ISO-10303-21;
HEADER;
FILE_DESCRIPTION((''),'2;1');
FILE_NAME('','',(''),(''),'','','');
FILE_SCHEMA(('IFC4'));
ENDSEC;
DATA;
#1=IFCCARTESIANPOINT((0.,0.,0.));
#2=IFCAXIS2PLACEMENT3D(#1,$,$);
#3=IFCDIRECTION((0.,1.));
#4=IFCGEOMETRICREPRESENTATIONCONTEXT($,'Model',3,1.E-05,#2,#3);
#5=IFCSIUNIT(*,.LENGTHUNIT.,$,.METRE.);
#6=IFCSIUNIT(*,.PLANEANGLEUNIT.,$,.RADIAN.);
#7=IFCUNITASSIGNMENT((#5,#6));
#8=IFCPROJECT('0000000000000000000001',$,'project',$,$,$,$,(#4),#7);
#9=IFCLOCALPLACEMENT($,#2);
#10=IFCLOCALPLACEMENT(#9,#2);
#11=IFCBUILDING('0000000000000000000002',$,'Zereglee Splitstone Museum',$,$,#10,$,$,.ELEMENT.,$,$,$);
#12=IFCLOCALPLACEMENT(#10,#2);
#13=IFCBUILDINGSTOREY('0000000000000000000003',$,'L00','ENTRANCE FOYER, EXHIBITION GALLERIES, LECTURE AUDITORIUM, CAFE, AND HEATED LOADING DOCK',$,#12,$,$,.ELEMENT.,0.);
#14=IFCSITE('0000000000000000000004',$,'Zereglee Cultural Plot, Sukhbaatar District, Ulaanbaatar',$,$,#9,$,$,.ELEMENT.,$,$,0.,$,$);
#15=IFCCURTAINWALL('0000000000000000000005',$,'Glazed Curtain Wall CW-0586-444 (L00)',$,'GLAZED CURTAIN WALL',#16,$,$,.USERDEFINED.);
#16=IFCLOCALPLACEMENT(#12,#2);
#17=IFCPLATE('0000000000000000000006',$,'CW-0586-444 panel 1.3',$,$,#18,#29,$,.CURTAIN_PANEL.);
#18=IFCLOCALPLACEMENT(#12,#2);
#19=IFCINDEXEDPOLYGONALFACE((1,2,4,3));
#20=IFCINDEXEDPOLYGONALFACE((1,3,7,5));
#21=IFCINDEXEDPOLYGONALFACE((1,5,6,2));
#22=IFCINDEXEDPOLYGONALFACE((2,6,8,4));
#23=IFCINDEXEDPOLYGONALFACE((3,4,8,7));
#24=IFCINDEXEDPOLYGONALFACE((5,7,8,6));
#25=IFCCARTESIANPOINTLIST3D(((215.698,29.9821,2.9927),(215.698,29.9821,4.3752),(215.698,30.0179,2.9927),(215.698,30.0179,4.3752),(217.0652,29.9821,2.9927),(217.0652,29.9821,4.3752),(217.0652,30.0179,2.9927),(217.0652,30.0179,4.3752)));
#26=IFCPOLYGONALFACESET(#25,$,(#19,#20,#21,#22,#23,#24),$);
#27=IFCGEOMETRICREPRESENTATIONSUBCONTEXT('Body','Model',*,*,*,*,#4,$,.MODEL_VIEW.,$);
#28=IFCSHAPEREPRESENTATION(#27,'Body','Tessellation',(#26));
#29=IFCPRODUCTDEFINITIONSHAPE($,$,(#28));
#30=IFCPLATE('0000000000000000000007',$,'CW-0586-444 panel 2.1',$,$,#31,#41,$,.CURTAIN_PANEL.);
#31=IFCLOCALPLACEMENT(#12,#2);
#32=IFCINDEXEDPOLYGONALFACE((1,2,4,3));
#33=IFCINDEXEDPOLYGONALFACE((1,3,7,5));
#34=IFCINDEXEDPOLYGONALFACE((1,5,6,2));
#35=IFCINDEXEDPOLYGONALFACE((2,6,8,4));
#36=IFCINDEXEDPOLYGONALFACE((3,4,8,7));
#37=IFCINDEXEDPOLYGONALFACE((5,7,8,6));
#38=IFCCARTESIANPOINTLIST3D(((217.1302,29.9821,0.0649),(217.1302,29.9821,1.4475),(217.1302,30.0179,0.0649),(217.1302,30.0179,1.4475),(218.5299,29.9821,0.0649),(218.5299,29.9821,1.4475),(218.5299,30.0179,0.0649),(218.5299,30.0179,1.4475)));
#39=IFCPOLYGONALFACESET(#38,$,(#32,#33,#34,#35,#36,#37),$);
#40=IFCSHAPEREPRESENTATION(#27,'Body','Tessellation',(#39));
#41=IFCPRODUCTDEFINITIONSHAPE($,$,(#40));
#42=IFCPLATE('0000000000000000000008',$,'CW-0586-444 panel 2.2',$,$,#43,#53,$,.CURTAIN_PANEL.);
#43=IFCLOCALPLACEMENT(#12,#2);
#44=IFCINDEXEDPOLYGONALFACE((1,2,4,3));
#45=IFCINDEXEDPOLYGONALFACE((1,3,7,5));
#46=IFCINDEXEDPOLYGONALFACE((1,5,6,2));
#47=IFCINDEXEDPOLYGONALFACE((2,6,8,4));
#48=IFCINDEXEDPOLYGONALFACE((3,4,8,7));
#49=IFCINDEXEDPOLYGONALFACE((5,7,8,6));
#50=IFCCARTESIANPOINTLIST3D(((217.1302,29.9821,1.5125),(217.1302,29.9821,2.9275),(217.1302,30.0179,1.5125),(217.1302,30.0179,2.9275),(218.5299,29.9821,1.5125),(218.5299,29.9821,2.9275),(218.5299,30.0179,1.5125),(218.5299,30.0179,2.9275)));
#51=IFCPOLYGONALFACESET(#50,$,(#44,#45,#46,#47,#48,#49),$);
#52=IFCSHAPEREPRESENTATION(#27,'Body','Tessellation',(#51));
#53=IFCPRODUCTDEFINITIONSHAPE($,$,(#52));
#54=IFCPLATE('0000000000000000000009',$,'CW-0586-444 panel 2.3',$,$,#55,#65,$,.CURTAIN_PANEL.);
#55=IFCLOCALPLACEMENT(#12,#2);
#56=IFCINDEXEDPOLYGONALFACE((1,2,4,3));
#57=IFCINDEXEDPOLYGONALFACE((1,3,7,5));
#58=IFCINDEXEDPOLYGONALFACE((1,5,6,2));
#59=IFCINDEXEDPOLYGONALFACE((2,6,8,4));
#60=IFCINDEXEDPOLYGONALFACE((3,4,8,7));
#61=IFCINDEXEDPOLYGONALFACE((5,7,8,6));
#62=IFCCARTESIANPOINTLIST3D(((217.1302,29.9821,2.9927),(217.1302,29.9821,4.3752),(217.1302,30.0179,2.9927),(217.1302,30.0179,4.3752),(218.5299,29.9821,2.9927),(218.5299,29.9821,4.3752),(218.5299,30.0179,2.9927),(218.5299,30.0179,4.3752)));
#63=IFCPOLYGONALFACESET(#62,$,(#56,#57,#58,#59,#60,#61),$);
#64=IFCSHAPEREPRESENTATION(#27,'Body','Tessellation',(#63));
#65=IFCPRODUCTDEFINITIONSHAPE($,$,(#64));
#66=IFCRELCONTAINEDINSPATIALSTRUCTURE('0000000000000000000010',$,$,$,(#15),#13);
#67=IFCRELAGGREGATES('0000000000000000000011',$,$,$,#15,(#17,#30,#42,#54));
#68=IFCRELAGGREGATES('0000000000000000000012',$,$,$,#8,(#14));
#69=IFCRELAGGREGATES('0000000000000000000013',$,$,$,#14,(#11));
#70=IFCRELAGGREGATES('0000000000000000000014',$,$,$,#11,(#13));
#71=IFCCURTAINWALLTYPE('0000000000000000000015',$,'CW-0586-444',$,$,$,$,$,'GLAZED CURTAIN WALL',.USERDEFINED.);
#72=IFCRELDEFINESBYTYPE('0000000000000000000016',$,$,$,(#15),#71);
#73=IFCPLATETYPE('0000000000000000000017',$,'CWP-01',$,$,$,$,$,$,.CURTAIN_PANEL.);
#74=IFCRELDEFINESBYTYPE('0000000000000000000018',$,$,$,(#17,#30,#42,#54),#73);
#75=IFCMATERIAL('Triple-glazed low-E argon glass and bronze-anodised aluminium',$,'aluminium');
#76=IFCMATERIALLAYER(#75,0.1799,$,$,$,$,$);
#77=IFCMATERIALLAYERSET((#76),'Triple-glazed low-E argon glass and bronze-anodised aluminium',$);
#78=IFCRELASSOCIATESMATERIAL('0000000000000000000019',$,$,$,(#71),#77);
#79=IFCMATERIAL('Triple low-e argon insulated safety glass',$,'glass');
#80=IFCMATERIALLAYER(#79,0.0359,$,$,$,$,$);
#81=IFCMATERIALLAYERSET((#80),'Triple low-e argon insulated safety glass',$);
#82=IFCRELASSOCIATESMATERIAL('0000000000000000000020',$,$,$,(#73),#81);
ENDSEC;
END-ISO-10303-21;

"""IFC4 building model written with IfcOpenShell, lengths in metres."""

from ifc_helpers import new_model, si_unit, direction, frame, origin, origin_2d, place, context, subcontext, project, spatial, rectangle, extrude, material, layer, layer_set, type_object, element, aggregate, save


model = new_model("IFC4")

# Units and contexts
model_context = context("Model", 3, precision=1e-05, world=origin(), true_north=direction((0.0, 1.0)))
body_context = subcontext(model_context, "Body", "Model", "MODEL_VIEW")
ifc_project = project(units=[si_unit("LENGTHUNIT", "METRE"), si_unit("PLANEANGLEUNIT", "RADIAN")], contexts=[model_context])

# Site, building, storey
site_placement = place(None, origin())
site = spatial("IfcSite", under=ifc_project, at=site_placement, Name="Zereglee Cultural Plot, Sukhbaatar District, Ulaanbaatar", CompositionType="ELEMENT", RefElevation=0.0)
building_placement = place(site_placement, origin())
building = spatial("IfcBuilding", under=site, at=building_placement, Name="Zereglee Splitstone Museum", CompositionType="ELEMENT")
storey_placement = place(building_placement, origin())
storey = spatial("IfcBuildingStorey", under=building, at=storey_placement, Name="L00", Description="ENTRANCE FOYER, EXHIBITION GALLERIES, LECTURE AUDITORIUM, CAFE, AND HEATED LOADING DOCK", CompositionType="ELEMENT", Elevation=0.0)

# Curtain wall
ifc_material_1 = material(Name="Triple-glazed low-E argon glass and bronze-anodised aluminium", Category="aluminium")
ifc_layer_1 = layer(ifc_material_1, 0.1799)
ifc_layer_set_1 = layer_set([ifc_layer_1], Name="Triple-glazed low-E argon glass and bronze-anodised aluminium")
curtain_wall_type_1 = type_object("IfcCurtainWallType", Name="CW-0586-444", ElementType="GLAZED CURTAIN WALL", PredefinedType="USERDEFINED", material=ifc_layer_set_1)
curtain_wall_1_placement = place(storey_placement, origin())
curtain_wall_1 = element("IfcCurtainWall", 1, at=curtain_wall_1_placement, inside=storey, type_object=curtain_wall_type_1, Name="Glazed Curtain Wall CW-0586-444 (L00)", ObjectType="GLAZED CURTAIN WALL", PredefinedType="USERDEFINED")

# Plates
ifc_material_2 = material(Name="Triple low-e argon insulated safety glass", Category="glass")
ifc_layer_2 = layer(ifc_material_2, 0.0359)
ifc_layer_set_2 = layer_set([ifc_layer_2], Name="Triple low-e argon insulated safety glass")
plate_type = type_object("IfcPlateType", Name="CWP-01", PredefinedType="CURTAIN_PANEL", material=ifc_layer_set_2)
plate_1_placement = place(storey_placement, frame((216.3816, 30.0, 2.9927), z_axis=(0.0, 0.0, 1.0), x_axis=(1.0, 0.0, 0.0)))
plate_1 = element("IfcPlate", 2, at=plate_1_placement, type_object=plate_type, Name="CW-0586-444 panel 1.3", PredefinedType="CURTAIN_PANEL", context=body_context, shape_type="SweptSolid", body=[
    extrude(rectangle(XDim=1.3672, YDim=0.0359, at=origin_2d()), origin(), (0.0, 0.0, 1.0), 1.3826),
])
plate_2_placement = place(storey_placement, frame((217.8301, 30.0, 0.0649), z_axis=(0.0, 0.0, 1.0), x_axis=(1.0, 0.0, 0.0)))
plate_2 = element("IfcPlate", 3, at=plate_2_placement, type_object=plate_type, Name="CW-0586-444 panel 2.1", PredefinedType="CURTAIN_PANEL", context=body_context, shape_type="SweptSolid", body=[
    extrude(rectangle(XDim=1.3997, YDim=0.0359, at=origin_2d()), origin(), (0.0, 0.0, 1.0), 1.3826),
])
plate_3_placement = place(storey_placement, frame((217.8301, 30.0, 1.5125), z_axis=(0.0, 0.0, 1.0), x_axis=(1.0, 0.0, 0.0)))
plate_3 = element("IfcPlate", 4, at=plate_3_placement, type_object=plate_type, Name="CW-0586-444 panel 2.2", PredefinedType="CURTAIN_PANEL", context=body_context, shape_type="SweptSolid", body=[
    extrude(rectangle(XDim=1.3997, YDim=0.0359, at=origin_2d()), origin(), (0.0, 0.0, 1.0), 1.415),
])
plate_4_placement = place(storey_placement, frame((217.8301, 30.0, 2.9927), z_axis=(0.0, 0.0, 1.0), x_axis=(1.0, 0.0, 0.0)))
plate_4 = element("IfcPlate", 5, at=plate_4_placement, type_object=plate_type, Name="CW-0586-444 panel 2.3", PredefinedType="CURTAIN_PANEL", context=body_context, shape_type="SweptSolid", body=[
    extrude(rectangle(XDim=1.3997, YDim=0.0359, at=origin_2d()), origin(), (0.0, 0.0, 1.0), 1.3826),
])
aggregate(curtain_wall_1, [plate_1, plate_2, plate_3, plate_4])

save(model, "model.ifc")
